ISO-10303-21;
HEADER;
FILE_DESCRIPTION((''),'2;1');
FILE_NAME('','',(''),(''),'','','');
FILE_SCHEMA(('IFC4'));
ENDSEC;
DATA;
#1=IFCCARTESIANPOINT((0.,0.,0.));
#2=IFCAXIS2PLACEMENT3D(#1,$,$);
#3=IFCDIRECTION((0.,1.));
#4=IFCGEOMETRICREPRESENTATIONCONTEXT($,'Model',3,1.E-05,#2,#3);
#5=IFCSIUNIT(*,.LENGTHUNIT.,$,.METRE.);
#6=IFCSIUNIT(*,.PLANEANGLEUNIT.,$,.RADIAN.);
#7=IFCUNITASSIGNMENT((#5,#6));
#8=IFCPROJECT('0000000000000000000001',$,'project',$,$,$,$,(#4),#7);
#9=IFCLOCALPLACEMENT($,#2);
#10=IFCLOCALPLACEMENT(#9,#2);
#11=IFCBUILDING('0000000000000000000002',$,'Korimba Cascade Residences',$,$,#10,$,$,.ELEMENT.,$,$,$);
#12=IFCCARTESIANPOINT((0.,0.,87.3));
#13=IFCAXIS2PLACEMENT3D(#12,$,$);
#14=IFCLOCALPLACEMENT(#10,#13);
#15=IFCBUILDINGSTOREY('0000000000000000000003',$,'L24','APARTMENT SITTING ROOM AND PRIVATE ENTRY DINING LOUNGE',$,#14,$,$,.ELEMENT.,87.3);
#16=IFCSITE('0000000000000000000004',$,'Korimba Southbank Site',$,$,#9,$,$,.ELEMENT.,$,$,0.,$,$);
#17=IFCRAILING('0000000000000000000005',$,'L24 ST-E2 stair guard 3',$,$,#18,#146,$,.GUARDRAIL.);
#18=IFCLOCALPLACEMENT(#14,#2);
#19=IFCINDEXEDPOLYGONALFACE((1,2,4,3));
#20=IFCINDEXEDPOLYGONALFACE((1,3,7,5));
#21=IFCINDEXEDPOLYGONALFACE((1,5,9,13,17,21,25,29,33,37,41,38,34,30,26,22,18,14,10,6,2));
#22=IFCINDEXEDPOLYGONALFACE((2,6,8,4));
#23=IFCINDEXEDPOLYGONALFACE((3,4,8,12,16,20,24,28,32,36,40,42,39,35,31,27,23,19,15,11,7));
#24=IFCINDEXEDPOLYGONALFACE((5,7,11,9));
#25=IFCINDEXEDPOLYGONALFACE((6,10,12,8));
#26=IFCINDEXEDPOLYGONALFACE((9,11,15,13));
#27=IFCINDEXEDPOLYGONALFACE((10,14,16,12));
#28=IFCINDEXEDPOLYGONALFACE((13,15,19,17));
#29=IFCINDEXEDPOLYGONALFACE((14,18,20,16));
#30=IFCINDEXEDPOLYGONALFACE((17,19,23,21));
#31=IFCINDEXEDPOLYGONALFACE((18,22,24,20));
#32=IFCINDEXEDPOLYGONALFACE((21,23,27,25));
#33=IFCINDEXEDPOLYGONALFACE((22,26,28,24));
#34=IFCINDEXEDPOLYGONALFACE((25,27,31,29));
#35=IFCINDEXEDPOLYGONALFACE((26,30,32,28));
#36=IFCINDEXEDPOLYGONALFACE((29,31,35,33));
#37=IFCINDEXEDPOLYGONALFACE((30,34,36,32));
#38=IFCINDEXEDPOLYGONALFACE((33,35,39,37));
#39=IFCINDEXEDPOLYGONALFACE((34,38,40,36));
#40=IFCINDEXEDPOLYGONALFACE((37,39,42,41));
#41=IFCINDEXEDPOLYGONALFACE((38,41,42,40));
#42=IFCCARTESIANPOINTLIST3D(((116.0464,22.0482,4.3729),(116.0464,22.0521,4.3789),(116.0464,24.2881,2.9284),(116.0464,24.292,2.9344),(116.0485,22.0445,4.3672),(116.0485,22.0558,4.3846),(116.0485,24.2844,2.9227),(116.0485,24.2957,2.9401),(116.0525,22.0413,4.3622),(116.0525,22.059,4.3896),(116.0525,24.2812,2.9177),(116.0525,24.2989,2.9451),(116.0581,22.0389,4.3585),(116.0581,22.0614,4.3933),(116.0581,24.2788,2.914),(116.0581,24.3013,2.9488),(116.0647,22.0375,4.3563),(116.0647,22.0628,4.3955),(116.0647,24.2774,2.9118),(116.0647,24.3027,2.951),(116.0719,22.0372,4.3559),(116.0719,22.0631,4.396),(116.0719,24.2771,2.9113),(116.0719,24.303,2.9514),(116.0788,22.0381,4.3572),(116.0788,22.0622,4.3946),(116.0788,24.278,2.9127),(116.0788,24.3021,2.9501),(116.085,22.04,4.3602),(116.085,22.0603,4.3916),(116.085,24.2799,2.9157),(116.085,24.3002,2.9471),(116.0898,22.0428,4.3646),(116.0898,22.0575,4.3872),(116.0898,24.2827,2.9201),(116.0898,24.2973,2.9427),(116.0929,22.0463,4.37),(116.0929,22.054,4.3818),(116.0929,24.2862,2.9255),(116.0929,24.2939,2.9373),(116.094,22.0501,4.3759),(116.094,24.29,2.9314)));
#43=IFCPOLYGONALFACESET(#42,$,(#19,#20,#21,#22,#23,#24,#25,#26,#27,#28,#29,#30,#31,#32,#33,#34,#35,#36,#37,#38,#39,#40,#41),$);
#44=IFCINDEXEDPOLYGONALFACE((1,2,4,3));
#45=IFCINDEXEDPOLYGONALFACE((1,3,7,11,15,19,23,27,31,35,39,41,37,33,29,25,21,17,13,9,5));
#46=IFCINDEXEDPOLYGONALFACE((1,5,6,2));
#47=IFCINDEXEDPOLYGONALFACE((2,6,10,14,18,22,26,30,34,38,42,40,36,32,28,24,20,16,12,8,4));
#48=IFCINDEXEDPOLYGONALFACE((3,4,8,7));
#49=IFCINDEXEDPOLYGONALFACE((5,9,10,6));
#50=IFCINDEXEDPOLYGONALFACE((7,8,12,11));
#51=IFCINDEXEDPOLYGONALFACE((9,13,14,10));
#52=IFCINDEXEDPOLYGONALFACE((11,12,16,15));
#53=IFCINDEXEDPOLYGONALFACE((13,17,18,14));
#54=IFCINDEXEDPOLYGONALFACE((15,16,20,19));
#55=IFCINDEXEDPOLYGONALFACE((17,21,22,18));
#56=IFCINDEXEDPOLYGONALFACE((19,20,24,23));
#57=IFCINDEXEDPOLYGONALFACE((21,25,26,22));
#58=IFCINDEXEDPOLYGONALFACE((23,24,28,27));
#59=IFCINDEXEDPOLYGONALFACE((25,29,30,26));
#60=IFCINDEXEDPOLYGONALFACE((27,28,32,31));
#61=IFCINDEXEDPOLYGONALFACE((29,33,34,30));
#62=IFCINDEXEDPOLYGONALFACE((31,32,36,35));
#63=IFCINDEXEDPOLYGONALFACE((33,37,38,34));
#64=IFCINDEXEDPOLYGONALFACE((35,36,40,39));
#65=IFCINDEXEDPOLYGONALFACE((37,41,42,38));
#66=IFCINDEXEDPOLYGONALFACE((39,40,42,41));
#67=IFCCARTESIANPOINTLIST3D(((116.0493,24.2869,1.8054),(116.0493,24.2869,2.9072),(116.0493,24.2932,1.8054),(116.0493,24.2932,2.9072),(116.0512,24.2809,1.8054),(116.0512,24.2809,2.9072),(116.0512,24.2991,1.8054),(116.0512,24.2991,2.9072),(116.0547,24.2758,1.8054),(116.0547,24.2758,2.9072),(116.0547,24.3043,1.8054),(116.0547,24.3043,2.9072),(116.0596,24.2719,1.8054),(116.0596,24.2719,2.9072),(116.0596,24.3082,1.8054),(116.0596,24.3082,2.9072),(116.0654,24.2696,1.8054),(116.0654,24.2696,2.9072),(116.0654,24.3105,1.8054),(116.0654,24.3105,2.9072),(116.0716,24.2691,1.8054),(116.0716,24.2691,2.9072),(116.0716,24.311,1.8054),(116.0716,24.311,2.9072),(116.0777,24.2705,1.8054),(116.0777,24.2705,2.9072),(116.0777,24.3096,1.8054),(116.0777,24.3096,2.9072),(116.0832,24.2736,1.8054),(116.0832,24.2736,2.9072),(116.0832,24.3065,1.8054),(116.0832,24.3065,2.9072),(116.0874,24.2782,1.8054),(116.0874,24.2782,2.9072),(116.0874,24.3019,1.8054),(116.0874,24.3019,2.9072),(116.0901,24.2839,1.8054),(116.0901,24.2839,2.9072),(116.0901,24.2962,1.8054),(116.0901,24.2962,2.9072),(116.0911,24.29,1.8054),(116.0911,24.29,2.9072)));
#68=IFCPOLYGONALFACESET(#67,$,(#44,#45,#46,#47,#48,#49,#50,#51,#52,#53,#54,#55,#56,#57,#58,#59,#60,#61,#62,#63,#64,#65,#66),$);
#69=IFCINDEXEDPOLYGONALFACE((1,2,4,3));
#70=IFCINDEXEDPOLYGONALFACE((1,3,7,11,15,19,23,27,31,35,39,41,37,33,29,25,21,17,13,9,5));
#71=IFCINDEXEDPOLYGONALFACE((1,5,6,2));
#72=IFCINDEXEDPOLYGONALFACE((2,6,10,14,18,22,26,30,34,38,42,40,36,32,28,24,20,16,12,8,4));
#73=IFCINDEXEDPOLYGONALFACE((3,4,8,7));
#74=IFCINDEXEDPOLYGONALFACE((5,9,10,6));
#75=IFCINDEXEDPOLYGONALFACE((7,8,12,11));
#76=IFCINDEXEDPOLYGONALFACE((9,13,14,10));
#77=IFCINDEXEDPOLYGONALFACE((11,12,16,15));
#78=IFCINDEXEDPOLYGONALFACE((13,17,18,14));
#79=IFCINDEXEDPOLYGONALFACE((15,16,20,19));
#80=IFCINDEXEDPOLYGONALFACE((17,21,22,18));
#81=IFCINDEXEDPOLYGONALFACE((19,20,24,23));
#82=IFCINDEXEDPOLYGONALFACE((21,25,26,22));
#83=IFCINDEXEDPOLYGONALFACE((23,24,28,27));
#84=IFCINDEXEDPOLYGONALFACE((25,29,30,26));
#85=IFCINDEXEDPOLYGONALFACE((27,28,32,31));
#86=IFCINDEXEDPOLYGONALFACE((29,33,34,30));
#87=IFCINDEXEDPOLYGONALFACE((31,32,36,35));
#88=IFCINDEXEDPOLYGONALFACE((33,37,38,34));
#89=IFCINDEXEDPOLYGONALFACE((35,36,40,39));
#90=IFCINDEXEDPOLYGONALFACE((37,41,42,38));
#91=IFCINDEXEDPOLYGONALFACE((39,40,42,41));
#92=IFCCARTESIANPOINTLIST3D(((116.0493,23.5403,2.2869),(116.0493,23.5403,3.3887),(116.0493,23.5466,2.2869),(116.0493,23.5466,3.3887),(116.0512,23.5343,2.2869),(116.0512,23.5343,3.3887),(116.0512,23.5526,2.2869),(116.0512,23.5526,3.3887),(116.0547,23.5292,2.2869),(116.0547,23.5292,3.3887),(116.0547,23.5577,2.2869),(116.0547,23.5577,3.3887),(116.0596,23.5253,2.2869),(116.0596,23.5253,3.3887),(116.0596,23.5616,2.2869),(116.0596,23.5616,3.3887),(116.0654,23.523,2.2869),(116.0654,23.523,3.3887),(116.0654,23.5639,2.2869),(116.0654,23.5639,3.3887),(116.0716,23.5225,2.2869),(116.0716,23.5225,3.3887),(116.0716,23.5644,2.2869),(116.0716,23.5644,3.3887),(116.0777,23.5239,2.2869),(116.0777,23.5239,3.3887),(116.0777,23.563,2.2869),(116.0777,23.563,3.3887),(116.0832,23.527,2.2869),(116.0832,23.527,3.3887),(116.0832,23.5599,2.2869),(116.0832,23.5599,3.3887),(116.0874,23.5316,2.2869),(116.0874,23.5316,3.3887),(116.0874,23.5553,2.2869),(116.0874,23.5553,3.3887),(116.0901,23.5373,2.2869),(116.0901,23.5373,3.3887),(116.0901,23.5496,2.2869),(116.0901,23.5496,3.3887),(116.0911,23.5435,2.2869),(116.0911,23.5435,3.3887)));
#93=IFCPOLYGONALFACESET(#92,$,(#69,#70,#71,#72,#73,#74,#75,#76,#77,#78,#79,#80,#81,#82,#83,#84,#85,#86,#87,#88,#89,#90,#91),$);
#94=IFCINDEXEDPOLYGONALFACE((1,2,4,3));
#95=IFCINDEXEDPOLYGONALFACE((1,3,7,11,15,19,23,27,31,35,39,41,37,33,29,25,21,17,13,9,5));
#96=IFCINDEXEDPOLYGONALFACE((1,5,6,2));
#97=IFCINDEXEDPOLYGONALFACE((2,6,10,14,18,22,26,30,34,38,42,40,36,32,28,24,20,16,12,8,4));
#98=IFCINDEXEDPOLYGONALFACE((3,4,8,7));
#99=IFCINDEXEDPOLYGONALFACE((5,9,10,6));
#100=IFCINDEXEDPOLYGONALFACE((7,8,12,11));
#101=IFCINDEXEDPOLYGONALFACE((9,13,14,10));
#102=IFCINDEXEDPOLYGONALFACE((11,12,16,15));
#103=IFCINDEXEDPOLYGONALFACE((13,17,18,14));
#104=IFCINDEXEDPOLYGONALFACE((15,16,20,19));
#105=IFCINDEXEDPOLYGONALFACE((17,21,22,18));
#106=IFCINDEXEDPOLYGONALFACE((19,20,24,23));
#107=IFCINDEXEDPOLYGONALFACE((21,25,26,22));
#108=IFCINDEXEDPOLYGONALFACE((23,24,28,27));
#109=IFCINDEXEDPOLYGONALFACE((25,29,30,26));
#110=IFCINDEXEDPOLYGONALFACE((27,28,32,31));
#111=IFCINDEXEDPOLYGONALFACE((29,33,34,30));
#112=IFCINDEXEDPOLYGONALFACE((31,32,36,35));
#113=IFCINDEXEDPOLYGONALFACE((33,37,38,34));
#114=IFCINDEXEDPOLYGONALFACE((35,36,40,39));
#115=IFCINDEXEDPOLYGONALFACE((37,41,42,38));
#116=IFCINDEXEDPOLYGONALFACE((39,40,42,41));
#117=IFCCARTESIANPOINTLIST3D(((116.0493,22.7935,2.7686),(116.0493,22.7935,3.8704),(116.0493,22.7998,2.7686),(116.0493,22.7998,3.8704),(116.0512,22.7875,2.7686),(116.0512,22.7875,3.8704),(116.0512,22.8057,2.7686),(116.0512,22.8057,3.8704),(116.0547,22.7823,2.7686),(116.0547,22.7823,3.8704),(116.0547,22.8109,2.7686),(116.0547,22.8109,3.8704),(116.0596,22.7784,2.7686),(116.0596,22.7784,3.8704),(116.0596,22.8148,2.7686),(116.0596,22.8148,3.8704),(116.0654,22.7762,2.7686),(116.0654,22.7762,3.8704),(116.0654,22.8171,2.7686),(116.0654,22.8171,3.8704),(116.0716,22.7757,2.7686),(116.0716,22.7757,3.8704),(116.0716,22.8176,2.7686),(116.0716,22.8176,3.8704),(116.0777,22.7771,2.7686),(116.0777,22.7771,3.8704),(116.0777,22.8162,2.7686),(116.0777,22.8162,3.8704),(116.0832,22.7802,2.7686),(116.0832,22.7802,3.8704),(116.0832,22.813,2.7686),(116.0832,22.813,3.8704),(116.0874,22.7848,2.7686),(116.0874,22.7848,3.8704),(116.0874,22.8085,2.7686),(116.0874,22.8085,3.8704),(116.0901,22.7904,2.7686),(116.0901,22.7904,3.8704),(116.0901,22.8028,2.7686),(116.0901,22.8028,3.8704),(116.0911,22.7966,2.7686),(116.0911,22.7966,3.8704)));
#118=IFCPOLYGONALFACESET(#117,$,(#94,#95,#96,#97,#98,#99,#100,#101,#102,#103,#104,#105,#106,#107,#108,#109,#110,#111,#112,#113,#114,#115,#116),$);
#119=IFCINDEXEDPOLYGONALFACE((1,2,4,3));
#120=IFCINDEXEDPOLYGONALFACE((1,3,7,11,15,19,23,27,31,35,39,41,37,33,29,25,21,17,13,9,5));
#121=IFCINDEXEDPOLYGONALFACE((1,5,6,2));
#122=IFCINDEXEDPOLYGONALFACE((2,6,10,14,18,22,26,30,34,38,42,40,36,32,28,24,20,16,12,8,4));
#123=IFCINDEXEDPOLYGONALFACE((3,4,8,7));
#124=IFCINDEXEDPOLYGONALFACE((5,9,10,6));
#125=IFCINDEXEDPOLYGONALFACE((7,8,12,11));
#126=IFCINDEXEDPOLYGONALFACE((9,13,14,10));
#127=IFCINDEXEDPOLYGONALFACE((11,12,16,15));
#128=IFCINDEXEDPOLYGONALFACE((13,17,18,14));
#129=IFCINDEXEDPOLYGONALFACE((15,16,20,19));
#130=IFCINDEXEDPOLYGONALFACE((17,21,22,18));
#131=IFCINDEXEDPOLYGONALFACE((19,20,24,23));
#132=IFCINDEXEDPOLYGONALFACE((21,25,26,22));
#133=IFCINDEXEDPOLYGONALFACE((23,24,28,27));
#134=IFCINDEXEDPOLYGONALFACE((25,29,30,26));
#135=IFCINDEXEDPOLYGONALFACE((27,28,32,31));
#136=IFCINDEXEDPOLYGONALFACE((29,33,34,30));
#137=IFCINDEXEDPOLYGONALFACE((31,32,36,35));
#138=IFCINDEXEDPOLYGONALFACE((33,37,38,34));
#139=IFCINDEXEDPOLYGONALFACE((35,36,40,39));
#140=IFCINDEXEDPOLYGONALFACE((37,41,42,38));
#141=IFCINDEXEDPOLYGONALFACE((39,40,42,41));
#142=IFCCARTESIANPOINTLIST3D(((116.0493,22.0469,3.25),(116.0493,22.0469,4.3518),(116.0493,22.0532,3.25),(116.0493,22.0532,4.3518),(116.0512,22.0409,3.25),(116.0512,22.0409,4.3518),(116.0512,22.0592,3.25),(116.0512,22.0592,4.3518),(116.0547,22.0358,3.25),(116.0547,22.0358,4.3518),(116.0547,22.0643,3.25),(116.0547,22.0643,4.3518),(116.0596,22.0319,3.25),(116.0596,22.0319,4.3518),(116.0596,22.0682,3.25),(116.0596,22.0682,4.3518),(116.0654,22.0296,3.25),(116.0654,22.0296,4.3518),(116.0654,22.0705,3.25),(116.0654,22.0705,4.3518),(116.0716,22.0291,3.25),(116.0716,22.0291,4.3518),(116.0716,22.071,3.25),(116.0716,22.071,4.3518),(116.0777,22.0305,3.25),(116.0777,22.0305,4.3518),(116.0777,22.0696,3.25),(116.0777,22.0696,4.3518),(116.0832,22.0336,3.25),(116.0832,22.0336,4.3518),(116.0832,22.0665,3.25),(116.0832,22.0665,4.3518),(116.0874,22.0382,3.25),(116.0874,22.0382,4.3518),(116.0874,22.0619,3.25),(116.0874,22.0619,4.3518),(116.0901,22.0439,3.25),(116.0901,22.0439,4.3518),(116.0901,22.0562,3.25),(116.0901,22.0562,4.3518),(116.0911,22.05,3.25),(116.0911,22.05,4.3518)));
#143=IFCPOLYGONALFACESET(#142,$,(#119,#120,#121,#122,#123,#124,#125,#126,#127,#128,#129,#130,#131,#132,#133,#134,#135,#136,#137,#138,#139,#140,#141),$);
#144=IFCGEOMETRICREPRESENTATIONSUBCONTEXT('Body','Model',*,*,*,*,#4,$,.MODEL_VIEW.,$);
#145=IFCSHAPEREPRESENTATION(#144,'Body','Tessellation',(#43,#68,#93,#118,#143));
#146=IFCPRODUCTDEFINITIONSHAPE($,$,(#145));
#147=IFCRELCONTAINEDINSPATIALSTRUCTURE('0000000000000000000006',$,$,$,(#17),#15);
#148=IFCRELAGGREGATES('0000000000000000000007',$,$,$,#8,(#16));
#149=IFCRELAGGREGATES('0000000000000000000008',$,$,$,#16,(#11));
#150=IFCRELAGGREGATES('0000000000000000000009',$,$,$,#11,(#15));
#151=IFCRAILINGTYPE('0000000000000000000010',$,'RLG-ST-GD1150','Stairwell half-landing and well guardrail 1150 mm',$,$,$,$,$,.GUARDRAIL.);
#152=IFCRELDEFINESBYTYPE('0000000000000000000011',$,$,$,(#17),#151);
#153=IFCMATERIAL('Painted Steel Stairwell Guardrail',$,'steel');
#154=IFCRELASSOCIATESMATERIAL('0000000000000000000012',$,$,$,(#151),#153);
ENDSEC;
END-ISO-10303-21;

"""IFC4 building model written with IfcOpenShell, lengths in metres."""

from ifc_helpers import new_model, si_unit, direction, frame, origin, origin_2d, place, context, subcontext, project, spatial, circle, extrude, material, type_object, element, save


model = new_model("IFC4")

# Units and contexts
model_context = context("Model", 3, precision=1e-05, world=origin(), true_north=direction((0.0, 1.0)))
body_context = subcontext(model_context, "Body", "Model", "MODEL_VIEW")
ifc_project = project(units=[si_unit("LENGTHUNIT", "METRE"), si_unit("PLANEANGLEUNIT", "RADIAN")], contexts=[model_context])

# Site, building, storey
site_placement = place(None, origin())
site = spatial("IfcSite", under=ifc_project, at=site_placement, Name="Korimba Southbank Site", CompositionType="ELEMENT", RefElevation=0.0)
building_placement = place(site_placement, origin())
building = spatial("IfcBuilding", under=site, at=building_placement, Name="Korimba Cascade Residences", CompositionType="ELEMENT")
storey_placement = place(building_placement, frame((0.0, 0.0, 87.3)))
storey = spatial("IfcBuildingStorey", under=building, at=storey_placement, Name="L24", Description="APARTMENT SITTING ROOM AND PRIVATE ENTRY DINING LOUNGE", CompositionType="ELEMENT", Elevation=87.3)

# Railing
ifc_material_1 = material(Name="Painted Steel Stairwell Guardrail", Category="steel")
railing_type_1 = type_object("IfcRailingType", Name="RLG-ST-GD1150", Description="Stairwell half-landing and well guardrail 1150 mm", PredefinedType="GUARDRAIL", material=ifc_material_1)
railing_1_placement = place(storey_placement, frame((116.0701, 24.29, 1.8054)))
element("IfcRailing", 1, at=railing_1_placement, inside=storey, type_object=railing_type_1, Name="L24 ST-E2 stair guard 3", PredefinedType="GUARDRAIL", context=body_context, shape_type="SweptSolid", body=[
    extrude(circle(Radius=0.0239, at=origin_2d()), frame((0.0, 0.0, 1.126), z_axis=(0.0, -0.840395, 0.541975), x_axis=(1.0, 0.0, 0.0)), (0.0, 0.0, 1.0), 2.6653),
    extrude(circle(Radius=0.021, at=origin_2d()), origin(), (0.0, 0.0, 1.0), 1.1018),
    extrude(circle(Radius=0.021, at=origin_2d()), frame((0.0, -0.7466, 0.4814)), (0.0, 0.0, 1.0), 1.1018),
    extrude(circle(Radius=0.021, at=origin_2d()), frame((0.0, -1.4934, 0.9631)), (0.0, 0.0, 1.0), 1.1018),
    extrude(circle(Radius=0.021, at=origin_2d()), frame((0.0, -2.24, 1.4446)), (0.0, 0.0, 1.0), 1.1018),
])

save(model, "model.ifc")
